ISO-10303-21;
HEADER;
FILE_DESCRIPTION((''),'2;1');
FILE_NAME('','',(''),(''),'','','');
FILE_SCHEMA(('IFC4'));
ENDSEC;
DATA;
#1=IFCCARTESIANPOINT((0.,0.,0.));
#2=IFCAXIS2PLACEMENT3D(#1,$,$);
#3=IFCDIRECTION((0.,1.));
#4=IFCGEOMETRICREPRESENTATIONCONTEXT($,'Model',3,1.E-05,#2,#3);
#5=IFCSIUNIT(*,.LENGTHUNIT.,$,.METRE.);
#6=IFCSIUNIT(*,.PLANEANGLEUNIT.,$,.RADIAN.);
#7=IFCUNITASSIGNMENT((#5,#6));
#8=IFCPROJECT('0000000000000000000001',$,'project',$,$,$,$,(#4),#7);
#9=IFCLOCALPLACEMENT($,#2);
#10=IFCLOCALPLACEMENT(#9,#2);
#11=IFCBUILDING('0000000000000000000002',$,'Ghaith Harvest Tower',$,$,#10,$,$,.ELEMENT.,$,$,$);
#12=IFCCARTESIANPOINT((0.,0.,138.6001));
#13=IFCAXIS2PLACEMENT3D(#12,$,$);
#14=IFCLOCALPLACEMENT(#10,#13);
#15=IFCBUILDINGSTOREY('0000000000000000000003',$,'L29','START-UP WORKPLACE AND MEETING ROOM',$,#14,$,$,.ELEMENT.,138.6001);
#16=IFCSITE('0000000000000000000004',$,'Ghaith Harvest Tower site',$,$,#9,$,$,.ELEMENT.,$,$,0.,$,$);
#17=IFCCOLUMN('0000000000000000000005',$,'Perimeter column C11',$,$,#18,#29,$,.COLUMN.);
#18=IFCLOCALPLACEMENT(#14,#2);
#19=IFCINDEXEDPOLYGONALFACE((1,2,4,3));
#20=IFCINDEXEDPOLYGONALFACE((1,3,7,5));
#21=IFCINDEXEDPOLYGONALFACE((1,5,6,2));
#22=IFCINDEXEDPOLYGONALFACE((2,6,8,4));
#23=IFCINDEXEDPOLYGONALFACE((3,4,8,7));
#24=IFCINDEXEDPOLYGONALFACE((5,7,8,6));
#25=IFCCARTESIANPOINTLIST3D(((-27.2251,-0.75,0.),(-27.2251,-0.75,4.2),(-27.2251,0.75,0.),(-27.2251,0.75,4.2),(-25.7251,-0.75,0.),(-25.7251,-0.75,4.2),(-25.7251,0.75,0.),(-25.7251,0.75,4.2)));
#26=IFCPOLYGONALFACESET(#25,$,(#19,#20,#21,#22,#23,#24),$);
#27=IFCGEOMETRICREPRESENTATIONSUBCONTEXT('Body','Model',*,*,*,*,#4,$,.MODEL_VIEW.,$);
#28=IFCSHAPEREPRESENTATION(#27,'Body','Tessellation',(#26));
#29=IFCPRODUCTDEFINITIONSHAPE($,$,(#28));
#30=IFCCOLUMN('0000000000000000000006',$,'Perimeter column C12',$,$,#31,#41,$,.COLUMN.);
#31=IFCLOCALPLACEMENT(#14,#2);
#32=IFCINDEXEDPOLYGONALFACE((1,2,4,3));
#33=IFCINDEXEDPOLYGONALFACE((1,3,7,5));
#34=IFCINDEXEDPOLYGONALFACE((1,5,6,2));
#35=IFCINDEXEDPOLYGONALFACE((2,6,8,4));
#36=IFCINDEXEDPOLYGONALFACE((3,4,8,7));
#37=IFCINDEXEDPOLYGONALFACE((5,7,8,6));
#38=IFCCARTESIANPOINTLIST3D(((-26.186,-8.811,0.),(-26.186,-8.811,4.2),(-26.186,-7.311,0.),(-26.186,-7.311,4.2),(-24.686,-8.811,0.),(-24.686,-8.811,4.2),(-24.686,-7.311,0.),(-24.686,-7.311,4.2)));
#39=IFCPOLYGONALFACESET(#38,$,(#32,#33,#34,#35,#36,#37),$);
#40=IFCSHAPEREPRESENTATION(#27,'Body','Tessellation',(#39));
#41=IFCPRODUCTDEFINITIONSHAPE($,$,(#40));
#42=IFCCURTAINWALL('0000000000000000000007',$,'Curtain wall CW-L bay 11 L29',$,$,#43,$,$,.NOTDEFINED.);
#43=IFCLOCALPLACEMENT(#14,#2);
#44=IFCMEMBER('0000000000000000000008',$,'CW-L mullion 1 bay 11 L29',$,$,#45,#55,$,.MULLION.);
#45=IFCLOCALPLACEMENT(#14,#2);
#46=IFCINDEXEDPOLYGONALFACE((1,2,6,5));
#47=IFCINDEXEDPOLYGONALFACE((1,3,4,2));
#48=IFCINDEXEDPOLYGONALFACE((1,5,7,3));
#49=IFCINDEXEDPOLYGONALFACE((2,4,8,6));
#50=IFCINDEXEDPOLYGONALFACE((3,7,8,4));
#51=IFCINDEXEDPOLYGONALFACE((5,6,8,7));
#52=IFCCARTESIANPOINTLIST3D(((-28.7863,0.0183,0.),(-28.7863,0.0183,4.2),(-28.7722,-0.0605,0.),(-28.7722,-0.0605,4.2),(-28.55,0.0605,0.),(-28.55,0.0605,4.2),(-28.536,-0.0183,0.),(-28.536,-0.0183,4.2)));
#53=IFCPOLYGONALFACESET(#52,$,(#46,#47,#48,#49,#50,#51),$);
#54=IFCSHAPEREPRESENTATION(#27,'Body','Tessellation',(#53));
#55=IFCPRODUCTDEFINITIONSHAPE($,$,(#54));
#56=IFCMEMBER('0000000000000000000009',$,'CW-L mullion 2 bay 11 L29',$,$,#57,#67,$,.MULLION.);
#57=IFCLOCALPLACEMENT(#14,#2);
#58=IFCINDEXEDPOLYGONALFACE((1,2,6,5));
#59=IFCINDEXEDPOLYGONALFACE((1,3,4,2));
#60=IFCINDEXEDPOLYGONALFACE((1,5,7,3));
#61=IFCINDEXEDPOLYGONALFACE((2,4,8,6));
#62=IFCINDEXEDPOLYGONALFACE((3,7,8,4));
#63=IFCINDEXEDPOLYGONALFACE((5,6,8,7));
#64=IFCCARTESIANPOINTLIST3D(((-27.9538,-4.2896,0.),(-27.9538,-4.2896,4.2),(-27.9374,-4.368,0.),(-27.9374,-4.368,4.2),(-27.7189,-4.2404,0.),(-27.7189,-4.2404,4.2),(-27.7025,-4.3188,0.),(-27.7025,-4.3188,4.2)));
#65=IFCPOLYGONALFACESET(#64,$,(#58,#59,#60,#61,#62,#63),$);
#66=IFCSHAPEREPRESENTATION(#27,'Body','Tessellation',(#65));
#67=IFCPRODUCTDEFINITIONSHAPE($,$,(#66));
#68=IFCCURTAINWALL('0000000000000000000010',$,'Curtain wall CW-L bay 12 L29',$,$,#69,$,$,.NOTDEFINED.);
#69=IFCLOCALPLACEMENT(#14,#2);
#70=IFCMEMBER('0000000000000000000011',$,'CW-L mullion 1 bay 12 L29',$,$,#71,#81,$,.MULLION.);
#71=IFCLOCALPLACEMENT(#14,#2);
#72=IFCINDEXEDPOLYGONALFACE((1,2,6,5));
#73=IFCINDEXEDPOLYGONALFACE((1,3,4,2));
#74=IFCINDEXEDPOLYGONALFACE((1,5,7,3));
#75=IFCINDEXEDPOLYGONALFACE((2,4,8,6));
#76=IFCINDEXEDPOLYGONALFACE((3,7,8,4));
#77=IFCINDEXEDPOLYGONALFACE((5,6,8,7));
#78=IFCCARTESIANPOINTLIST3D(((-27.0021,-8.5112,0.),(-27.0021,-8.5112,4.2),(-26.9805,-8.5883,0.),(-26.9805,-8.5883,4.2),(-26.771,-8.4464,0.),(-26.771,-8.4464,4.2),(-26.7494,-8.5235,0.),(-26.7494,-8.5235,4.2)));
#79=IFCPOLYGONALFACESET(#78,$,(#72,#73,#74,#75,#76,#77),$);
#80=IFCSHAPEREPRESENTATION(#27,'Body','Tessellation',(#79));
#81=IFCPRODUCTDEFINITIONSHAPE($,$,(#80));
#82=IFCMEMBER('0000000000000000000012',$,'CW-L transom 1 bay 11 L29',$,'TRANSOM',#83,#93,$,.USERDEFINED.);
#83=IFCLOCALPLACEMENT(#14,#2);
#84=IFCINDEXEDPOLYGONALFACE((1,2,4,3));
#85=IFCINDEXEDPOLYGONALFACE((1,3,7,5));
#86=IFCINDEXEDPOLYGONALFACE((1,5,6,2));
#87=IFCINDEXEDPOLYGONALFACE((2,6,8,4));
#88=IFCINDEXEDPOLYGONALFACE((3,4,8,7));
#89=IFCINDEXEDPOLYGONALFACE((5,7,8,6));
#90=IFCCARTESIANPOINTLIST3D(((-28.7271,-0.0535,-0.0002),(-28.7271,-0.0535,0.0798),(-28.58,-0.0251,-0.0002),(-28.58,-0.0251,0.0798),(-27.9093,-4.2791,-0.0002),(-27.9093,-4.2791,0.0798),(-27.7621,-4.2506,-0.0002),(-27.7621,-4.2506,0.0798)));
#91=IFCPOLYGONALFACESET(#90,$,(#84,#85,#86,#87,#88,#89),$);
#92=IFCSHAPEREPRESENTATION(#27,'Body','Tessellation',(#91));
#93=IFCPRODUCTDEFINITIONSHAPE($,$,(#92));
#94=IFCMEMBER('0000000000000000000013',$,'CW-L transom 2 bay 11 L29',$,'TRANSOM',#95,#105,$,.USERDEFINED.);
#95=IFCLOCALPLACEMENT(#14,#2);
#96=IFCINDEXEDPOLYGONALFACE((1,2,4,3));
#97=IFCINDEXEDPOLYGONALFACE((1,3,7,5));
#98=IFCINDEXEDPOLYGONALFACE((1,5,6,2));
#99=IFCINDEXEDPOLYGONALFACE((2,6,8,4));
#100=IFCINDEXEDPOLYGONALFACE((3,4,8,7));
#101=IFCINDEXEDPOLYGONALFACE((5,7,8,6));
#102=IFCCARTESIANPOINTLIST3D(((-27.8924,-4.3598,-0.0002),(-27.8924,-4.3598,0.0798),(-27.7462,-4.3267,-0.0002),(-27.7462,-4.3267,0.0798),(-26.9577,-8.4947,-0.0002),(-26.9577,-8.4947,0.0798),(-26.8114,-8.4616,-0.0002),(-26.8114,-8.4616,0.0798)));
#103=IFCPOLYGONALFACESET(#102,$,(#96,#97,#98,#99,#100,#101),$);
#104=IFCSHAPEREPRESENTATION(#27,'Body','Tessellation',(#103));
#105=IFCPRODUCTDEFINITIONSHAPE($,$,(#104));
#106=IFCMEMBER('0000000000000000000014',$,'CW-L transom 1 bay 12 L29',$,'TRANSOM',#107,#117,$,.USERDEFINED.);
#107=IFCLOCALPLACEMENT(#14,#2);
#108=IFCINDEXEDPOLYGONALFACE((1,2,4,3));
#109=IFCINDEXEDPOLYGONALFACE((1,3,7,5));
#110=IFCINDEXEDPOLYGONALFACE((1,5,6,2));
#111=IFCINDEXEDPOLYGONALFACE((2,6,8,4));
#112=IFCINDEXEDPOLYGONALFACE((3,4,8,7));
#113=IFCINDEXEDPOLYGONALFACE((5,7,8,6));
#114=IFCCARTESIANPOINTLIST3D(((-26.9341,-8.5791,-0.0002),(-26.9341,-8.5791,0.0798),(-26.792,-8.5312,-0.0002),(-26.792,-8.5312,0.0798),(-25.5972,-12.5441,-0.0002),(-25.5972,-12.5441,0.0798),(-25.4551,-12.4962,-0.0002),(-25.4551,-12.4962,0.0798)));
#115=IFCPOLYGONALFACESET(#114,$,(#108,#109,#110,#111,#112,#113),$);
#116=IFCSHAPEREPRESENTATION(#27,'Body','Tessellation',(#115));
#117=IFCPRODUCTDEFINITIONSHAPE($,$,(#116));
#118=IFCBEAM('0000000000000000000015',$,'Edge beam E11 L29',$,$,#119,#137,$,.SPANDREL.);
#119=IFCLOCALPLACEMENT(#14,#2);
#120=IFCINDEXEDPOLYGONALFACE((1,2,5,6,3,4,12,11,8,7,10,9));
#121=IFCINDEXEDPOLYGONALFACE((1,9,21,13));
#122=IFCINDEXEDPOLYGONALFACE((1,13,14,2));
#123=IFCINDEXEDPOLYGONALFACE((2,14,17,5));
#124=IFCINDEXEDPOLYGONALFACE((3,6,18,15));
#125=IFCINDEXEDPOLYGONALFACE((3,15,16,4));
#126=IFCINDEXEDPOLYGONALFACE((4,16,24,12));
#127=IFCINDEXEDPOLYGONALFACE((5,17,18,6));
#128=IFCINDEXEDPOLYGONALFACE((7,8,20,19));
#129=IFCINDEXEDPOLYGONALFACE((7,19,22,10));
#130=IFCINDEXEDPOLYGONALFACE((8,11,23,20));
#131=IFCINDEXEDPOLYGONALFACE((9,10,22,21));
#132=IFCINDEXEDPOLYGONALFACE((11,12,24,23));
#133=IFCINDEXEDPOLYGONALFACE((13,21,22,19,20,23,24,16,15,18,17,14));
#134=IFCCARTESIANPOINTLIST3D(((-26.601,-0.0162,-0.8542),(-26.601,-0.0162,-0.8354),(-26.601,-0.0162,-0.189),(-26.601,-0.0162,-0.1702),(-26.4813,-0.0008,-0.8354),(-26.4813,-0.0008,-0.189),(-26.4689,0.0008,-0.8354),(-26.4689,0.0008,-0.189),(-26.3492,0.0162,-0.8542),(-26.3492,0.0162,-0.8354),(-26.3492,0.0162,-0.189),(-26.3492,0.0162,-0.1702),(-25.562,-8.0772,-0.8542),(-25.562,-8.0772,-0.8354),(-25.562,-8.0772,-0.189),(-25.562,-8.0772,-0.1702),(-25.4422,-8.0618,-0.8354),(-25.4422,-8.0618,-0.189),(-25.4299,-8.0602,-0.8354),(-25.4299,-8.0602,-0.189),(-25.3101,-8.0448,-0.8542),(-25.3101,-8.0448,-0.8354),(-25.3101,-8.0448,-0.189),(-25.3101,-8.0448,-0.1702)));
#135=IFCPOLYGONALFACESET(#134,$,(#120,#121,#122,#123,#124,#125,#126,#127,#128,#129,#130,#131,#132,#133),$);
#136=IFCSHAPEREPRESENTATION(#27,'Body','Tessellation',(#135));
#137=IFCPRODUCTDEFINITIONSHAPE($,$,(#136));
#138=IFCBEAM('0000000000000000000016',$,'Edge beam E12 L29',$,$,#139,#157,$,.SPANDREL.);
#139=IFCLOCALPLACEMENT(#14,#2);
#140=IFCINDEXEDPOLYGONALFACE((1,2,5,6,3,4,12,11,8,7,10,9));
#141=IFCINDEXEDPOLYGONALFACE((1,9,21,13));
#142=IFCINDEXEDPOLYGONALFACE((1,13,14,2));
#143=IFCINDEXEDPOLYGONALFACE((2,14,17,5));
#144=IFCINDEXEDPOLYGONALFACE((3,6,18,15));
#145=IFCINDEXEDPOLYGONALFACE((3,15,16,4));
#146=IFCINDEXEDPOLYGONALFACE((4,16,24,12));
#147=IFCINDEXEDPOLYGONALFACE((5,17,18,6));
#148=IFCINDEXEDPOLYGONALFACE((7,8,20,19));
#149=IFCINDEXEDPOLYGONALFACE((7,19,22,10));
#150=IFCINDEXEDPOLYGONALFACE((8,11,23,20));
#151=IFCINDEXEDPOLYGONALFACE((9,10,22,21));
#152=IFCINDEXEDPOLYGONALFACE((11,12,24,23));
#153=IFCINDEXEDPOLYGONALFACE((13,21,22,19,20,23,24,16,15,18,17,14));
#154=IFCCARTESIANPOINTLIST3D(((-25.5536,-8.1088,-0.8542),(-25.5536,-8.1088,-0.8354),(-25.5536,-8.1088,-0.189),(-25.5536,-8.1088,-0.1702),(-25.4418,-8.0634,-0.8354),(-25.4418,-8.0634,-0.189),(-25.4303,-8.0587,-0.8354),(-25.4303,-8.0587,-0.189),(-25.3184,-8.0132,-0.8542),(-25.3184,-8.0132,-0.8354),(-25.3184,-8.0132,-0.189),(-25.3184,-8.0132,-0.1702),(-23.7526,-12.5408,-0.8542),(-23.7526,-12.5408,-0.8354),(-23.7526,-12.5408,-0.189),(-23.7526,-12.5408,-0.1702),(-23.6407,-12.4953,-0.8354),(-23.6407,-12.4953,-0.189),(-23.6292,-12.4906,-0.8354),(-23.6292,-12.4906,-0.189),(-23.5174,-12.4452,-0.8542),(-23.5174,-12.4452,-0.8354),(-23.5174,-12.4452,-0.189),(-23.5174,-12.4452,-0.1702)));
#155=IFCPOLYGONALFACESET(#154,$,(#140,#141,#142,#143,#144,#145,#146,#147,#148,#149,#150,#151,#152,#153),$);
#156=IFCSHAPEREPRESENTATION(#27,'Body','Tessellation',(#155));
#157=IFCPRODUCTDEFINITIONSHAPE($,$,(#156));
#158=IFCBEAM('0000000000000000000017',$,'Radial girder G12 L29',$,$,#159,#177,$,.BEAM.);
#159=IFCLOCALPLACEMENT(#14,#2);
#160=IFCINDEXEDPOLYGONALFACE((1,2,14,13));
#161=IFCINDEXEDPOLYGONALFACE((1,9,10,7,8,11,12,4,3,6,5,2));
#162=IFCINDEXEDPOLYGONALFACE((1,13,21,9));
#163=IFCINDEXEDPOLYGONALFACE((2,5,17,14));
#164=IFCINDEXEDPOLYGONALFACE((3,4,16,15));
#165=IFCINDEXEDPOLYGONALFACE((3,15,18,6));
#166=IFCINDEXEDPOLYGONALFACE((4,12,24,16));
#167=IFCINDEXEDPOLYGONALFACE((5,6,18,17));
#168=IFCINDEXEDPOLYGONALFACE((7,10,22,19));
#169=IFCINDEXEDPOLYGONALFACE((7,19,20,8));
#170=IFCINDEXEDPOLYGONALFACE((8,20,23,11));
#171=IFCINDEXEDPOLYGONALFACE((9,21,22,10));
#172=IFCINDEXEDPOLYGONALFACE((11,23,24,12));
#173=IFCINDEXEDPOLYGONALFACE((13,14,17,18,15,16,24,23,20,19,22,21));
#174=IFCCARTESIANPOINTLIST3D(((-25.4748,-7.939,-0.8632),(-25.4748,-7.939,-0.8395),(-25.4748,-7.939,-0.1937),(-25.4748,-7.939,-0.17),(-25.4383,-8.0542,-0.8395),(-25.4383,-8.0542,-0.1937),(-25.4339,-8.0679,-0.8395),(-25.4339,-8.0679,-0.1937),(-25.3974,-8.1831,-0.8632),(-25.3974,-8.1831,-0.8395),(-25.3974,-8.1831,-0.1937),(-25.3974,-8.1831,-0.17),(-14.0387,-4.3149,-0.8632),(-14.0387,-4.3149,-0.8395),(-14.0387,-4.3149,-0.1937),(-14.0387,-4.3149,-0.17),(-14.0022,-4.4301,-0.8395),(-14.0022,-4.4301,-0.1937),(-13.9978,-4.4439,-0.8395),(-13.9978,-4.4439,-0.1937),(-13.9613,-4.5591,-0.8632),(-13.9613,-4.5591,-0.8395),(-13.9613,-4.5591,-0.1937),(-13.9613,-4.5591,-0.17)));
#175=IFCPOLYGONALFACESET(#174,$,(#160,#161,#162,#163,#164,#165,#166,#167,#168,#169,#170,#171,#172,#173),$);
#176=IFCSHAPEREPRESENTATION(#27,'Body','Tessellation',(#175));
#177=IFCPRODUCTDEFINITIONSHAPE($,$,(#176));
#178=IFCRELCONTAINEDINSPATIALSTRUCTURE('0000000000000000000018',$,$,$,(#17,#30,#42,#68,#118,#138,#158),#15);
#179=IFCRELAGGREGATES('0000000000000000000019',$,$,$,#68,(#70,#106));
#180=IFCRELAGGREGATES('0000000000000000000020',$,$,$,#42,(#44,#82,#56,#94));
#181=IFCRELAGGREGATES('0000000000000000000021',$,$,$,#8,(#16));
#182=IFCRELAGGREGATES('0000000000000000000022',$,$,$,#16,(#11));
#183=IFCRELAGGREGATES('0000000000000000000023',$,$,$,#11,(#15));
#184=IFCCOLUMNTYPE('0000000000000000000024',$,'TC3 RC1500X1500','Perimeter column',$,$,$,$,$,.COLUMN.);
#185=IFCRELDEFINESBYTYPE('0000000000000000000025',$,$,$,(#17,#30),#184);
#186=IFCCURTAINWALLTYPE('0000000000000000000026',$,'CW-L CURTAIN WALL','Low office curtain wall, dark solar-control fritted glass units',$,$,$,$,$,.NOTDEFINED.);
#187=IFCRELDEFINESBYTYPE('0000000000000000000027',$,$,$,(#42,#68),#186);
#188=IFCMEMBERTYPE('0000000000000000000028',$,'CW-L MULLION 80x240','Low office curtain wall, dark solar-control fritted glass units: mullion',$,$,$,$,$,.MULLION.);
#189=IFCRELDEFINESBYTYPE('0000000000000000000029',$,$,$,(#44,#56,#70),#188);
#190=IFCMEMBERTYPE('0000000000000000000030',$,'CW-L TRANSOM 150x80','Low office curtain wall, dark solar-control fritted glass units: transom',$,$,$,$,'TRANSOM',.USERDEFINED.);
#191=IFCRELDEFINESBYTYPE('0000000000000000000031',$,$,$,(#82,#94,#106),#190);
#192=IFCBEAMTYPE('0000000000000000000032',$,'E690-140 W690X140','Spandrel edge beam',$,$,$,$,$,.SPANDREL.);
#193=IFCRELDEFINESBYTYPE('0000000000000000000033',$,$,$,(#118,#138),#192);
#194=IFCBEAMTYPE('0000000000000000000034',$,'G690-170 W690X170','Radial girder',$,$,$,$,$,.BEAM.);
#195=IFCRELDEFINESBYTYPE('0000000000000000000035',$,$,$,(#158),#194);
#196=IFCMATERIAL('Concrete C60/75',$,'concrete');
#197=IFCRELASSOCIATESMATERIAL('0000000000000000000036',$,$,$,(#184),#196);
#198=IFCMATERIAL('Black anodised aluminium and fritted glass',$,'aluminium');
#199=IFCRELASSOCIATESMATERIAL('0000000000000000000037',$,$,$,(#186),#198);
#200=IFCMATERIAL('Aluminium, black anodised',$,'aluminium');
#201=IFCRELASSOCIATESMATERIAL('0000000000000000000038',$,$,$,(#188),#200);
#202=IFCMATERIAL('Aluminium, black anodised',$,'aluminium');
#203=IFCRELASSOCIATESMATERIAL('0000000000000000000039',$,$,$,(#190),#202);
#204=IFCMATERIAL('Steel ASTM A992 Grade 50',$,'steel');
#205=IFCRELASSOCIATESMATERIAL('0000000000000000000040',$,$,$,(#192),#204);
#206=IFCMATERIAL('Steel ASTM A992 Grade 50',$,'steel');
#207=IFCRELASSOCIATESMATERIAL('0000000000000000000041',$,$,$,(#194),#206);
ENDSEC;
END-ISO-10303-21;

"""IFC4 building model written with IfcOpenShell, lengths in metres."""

from ifc_helpers import new_model, si_unit, direction, frame, origin, origin_2d, place, context, subcontext, project, spatial, rectangle, i_section, extrude, material, material_profile, profile_set, type_object, element, aggregate, save


model = new_model("IFC4")

# Units and contexts
model_context = context("Model", 3, precision=1e-05, world=origin(), true_north=direction((0.0, 1.0)))
body_context = subcontext(model_context, "Body", "Model", "MODEL_VIEW")
ifc_project = project(units=[si_unit("LENGTHUNIT", "METRE"), si_unit("PLANEANGLEUNIT", "RADIAN")], contexts=[model_context])

# Site, building, storey
site_placement = place(None, origin())
site = spatial("IfcSite", under=ifc_project, at=site_placement, Name="Ghaith Harvest Tower site", CompositionType="ELEMENT", RefElevation=0.0)
building_placement = place(site_placement, origin())
building = spatial("IfcBuilding", under=site, at=building_placement, Name="Ghaith Harvest Tower", CompositionType="ELEMENT")
storey_placement = place(building_placement, frame((0.0, 0.0, 138.6001)))
storey = spatial("IfcBuildingStorey", under=building, at=storey_placement, Name="L29", Description="START-UP WORKPLACE AND MEETING ROOM", CompositionType="ELEMENT", Elevation=138.6001)

# Columns
ifc_material_1 = material(Name="Concrete C60/75", Category="concrete")
ifc_material_profile_1 = material_profile(ifc_material_1, rectangle(XDim=1.5, YDim=1.5, at=origin_2d()), Name="RC1500X1500")
ifc_profile_set_1 = profile_set([ifc_material_profile_1], Name="Concrete C60/75")
column_type = type_object("IfcColumnType", Name="TC3 RC1500X1500", Description="Perimeter column", PredefinedType="COLUMN", material=ifc_profile_set_1)
for number, where, z_axis, x_axis, name in (
    (1, (-26.4751, 0.0, 0.0), (0.0, 0.0, 1.0), (1.0, 0.0, 0.0), "Perimeter column C11"),
    (2, (-25.436, -8.061, 0.0), (0.0, 0.0, 1.0), (1.0, 0.0, 0.0), "Perimeter column C12"),
):
    element("IfcColumn", number, at=place(storey_placement, frame(where, z_axis=z_axis, x_axis=x_axis)), inside=storey, type_object=column_type, Name=name, PredefinedType="COLUMN", context=body_context, shape_type="SweptSolid", body=[
        extrude(rectangle(XDim=1.5, YDim=1.5, at=origin_2d()), origin(), (0.0, 0.0, 1.0), 4.2),
    ])

# Curtain wall, members
ifc_material_2 = material(Name="Black anodised aluminium and fritted glass", Category="aluminium")
curtain_wall_type = type_object("IfcCurtainWallType", Name="CW-L CURTAIN WALL", Description="Low office curtain wall, dark solar-control fritted glass units", PredefinedType="NOTDEFINED", material=ifc_material_2)
curtain_wall_1_placement = place(storey_placement, origin())
curtain_wall_1 = element("IfcCurtainWall", 3, at=curtain_wall_1_placement, inside=storey, type_object=curtain_wall_type, Name="Curtain wall CW-L bay 11 L29", PredefinedType="NOTDEFINED")
ifc_material_3 = material(Name="Aluminium, black anodised", Category="aluminium")
ifc_material_profile_2 = material_profile(ifc_material_3, rectangle(XDim=0.0801, YDim=0.24, at=origin_2d()), Name="CW-L MULLION 80x240")
ifc_profile_set_2 = profile_set([ifc_material_profile_2], Name="Aluminium, black anodised")
member_type_1 = type_object("IfcMemberType", Name="CW-L MULLION 80x240", Description="Low office curtain wall, dark solar-control fritted glass units: mullion", PredefinedType="MULLION", material=ifc_profile_set_2)
member_1_placement = place(storey_placement, frame((-28.6611, 0.0, 0.0), z_axis=(0.0, 0.0, 1.0), x_axis=(0.175827, -0.984421, 0.0)))
member_1 = element("IfcMember", 4, at=member_1_placement, type_object=member_type_1, Name="CW-L mullion 1 bay 11 L29", PredefinedType="MULLION", context=body_context, shape_type="SweptSolid", body=[
    extrude(rectangle(XDim=0.0801, YDim=0.24, at=origin_2d()), origin(), (0.0, 0.0, 1.0), 4.2),
])
member_2_placement = place(storey_placement, frame((-27.8281, -4.3042, 0.0), z_axis=(0.0, 0.0, 1.0), x_axis=(0.205176, -0.978725, 0.0)))
member_2 = element("IfcMember", 5, at=member_2_placement, type_object=member_type_1, Name="CW-L mullion 2 bay 11 L29", PredefinedType="MULLION", context=body_context, shape_type="SweptSolid", body=[
    extrude(rectangle(XDim=0.0801, YDim=0.24, at=origin_2d()), origin(), (0.0, 0.0, 1.0), 4.2),
])

# Curtain wall, member
curtain_wall_2_placement = place(storey_placement, origin())
curtain_wall_2 = element("IfcCurtainWall", 6, at=curtain_wall_2_placement, inside=storey, type_object=curtain_wall_type, Name="Curtain wall CW-L bay 12 L29", PredefinedType="NOTDEFINED")
member_3_placement = place(storey_placement, frame((-26.8757, -8.5173, 0.0), z_axis=(0.0, 0.0, 1.0), x_axis=(0.270019, -0.962855, 0.0)))
member_3 = element("IfcMember", 7, at=member_3_placement, type_object=member_type_1, Name="CW-L mullion 1 bay 12 L29", PredefinedType="MULLION", context=body_context, shape_type="SweptSolid", body=[
    extrude(rectangle(XDim=0.0801, YDim=0.24, at=origin_2d()), origin(), (0.0, 0.0, 1.0), 4.2),
])

# Members
ifc_material_4 = material(Name="Aluminium, black anodised", Category="aluminium")
ifc_material_profile_3 = material_profile(ifc_material_4, rectangle(XDim=0.1499, YDim=0.0801, at=origin_2d()), Name="CW-L TRANSOM 150x80")
ifc_profile_set_3 = profile_set([ifc_material_profile_3], Name="Aluminium, black anodised")
member_type_2 = type_object("IfcMemberType", Name="CW-L TRANSOM 150x80", Description="Low office curtain wall, dark solar-control fritted glass units: transom", ElementType="TRANSOM", PredefinedType="USERDEFINED", material=ifc_profile_set_3)
member_4_placement = place(storey_placement, frame((-28.6536, -0.0393, 0.0398), z_axis=(0.190025, -0.981779, 0.0), x_axis=(0.981779, 0.190025, 0.0)))
member_4 = element("IfcMember", 8, at=member_4_placement, type_object=member_type_2, Name="CW-L transom 1 bay 11 L29", ObjectType="TRANSOM", PredefinedType="USERDEFINED", context=body_context, shape_type="SweptSolid", body=[
    extrude(rectangle(XDim=0.1499, YDim=0.0801, at=origin_2d()), origin(), (0.0, 0.0, 1.0), 4.304),
])
member_5_placement = place(storey_placement, frame((-27.8193, -4.3433, 0.0398), z_axis=(0.220508, -0.975385, 0.0), x_axis=(0.975385, 0.220508, 0.0)))
member_5 = element("IfcMember", 9, at=member_5_placement, type_object=member_type_2, Name="CW-L transom 2 bay 11 L29", ObjectType="TRANSOM", PredefinedType="USERDEFINED", context=body_context, shape_type="SweptSolid", body=[
    extrude(rectangle(XDim=0.1499, YDim=0.0801, at=origin_2d()), origin(), (0.0, 0.0, 1.0), 4.2393),
])
member_6_placement = place(storey_placement, frame((-26.863, -8.5552, 0.0398), z_axis=(0.319499, -0.947587, 0.0), x_axis=(0.947587, 0.319499, 0.0)))
member_6 = element("IfcMember", 10, at=member_6_placement, type_object=member_type_2, Name="CW-L transom 1 bay 12 L29", ObjectType="TRANSOM", PredefinedType="USERDEFINED", context=body_context, shape_type="SweptSolid", body=[
    extrude(rectangle(XDim=0.1499, YDim=0.0801, at=origin_2d()), origin(), (0.0, 0.0, 1.0), 4.1843),
])
aggregate(curtain_wall_2, [member_3, member_6])

# Beams
ifc_material_5 = material(Name="Steel ASTM A992 Grade 50", Category="steel")
ifc_material_profile_4 = material_profile(ifc_material_5, i_section(OverallWidth=0.2539, OverallDepth=0.6841, WebThickness=0.0125, FlangeThickness=0.0188, at=origin_2d()), Name="W690X140")
ifc_profile_set_4 = profile_set([ifc_material_profile_4], Name="Steel ASTM A992 Grade 50")
beam_type_1 = type_object("IfcBeamType", Name="E690-140 W690X140", Description="Spandrel edge beam", PredefinedType="SPANDREL", material=ifc_profile_set_4)
beam_1_placement = place(storey_placement, frame((-26.4751, 0.0, -0.5122), z_axis=(0.127842, -0.991795, 0.0), x_axis=(0.991795, 0.127842, 0.0)))
element("IfcBeam", 11, at=beam_1_placement, inside=storey, type_object=beam_type_1, Name="Edge beam E11 L29", PredefinedType="SPANDREL", context=body_context, shape_type="SweptSolid", body=[
    extrude(i_section(OverallWidth=0.2539, OverallDepth=0.6841, WebThickness=0.0125, FlangeThickness=0.0188, at=origin_2d()), origin(), (0.0, 0.0, 1.0), 8.1277),
])
beam_2_placement = place(storey_placement, frame((-25.436, -8.061, -0.5122), z_axis=(0.37648, -0.926425, 0.0), x_axis=(0.926425, 0.37648, 0.0)))
element("IfcBeam", 12, at=beam_2_placement, inside=storey, type_object=beam_type_1, Name="Edge beam E12 L29", PredefinedType="SPANDREL", context=body_context, shape_type="SweptSolid", body=[
    extrude(i_section(OverallWidth=0.2539, OverallDepth=0.6841, WebThickness=0.0125, FlangeThickness=0.0188, at=origin_2d()), origin(), (0.0, 0.0, 1.0), 4.7839),
])
ifc_material_6 = material(Name="Steel ASTM A992 Grade 50", Category="steel")
ifc_material_profile_5 = material_profile(ifc_material_6, i_section(OverallWidth=0.2561, OverallDepth=0.6931, WebThickness=0.0144, FlangeThickness=0.0237, at=origin_2d()), Name="W690X170")
ifc_profile_set_5 = profile_set([ifc_material_profile_5], Name="Steel ASTM A992 Grade 50")
beam_type_2 = type_object("IfcBeamType", Name="G690-170 W690X170", Description="Radial girder", PredefinedType="BEAM", material=ifc_profile_set_5)
beam_3_placement = place(storey_placement, frame((-14.0, -4.437, -0.5166), z_axis=(-0.95328, -0.30209, 0.0), x_axis=(0.30209, -0.95328, 0.0)))
element("IfcBeam", 13, at=beam_3_placement, inside=storey, type_object=beam_type_2, Name="Radial girder G12 L29", PredefinedType="BEAM", context=body_context, shape_type="SweptSolid", body=[
    extrude(i_section(OverallWidth=0.2561, OverallDepth=0.6931, WebThickness=0.0144, FlangeThickness=0.0237, at=origin_2d()), origin(), (0.0, 0.0, 1.0), 11.9966),
])

aggregate(curtain_wall_1, [member_1, member_4, member_2, member_5])

save(model, "model.ifc")
